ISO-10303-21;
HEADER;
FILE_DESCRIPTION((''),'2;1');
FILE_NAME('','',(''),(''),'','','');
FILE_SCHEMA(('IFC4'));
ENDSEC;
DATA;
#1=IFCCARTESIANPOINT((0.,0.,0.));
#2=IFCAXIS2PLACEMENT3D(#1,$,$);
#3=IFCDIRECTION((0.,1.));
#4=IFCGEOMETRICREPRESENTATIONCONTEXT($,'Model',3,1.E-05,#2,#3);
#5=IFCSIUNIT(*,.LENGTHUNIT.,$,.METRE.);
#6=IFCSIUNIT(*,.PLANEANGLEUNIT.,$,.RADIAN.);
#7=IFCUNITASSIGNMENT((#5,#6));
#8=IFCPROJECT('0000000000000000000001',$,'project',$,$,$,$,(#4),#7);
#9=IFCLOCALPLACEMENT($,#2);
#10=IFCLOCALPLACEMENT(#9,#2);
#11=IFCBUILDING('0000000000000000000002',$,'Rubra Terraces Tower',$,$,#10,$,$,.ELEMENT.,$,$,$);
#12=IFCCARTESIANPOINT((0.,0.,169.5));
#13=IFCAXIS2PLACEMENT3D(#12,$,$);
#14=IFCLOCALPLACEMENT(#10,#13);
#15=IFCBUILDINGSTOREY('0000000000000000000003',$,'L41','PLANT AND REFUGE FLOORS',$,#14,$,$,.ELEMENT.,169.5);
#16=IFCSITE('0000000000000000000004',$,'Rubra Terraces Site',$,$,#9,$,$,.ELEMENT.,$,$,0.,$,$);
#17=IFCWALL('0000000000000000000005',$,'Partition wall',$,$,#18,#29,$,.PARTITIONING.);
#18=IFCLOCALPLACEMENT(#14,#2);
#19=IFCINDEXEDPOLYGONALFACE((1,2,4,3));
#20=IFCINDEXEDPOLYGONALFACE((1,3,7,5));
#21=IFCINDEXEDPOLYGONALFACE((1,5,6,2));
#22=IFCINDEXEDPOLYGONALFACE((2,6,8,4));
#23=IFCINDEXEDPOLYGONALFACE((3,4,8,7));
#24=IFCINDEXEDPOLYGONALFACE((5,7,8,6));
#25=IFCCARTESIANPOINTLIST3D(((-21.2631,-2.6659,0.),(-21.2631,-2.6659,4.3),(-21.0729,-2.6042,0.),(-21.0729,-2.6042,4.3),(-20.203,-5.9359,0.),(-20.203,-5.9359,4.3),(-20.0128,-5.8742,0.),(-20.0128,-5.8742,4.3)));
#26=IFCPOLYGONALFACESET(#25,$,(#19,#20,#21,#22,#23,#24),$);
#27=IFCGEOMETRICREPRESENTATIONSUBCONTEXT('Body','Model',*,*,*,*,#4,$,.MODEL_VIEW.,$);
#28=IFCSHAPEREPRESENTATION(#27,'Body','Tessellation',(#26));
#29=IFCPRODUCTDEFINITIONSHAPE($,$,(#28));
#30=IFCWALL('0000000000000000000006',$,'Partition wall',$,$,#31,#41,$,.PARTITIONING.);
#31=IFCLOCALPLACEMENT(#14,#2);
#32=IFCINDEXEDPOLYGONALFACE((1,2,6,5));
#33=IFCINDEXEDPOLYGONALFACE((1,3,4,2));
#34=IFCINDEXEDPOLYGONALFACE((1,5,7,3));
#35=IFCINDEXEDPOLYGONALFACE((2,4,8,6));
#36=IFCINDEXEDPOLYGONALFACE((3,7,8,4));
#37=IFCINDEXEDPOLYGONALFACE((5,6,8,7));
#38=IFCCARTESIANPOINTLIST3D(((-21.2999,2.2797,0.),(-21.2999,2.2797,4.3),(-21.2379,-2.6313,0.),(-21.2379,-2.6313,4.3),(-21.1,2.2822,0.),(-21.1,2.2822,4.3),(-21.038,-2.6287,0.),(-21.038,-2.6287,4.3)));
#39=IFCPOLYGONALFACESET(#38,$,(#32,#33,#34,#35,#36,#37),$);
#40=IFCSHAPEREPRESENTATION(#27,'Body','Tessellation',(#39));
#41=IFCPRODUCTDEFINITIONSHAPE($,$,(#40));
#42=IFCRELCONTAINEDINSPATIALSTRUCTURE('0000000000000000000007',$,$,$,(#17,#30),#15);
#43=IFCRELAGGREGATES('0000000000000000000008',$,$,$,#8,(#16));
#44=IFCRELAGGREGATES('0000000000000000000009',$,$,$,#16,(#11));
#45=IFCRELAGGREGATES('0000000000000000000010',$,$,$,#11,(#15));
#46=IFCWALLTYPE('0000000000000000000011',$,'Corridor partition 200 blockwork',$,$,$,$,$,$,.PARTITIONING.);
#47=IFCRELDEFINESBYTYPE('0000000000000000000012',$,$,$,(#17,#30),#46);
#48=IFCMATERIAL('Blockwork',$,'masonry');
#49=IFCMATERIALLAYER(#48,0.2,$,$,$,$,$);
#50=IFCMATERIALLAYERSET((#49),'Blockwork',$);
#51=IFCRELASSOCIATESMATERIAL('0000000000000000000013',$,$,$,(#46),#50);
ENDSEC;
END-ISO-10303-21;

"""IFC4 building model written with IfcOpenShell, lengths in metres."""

from ifc_helpers import new_model, si_unit, direction, frame, frame_2d, origin, place, context, subcontext, project, spatial, rectangle, extrude, material, layer, layer_set, type_object, element, save


model = new_model("IFC4")

# Units and contexts
model_context = context("Model", 3, precision=1e-05, world=origin(), true_north=direction((0.0, 1.0)))
body_context = subcontext(model_context, "Body", "Model", "MODEL_VIEW")
ifc_project = project(units=[si_unit("LENGTHUNIT", "METRE"), si_unit("PLANEANGLEUNIT", "RADIAN")], contexts=[model_context])

# Site, building, storey
site_placement = place(None, origin())
site = spatial("IfcSite", under=ifc_project, at=site_placement, Name="Rubra Terraces Site", CompositionType="ELEMENT", RefElevation=0.0)
building_placement = place(site_placement, origin())
building = spatial("IfcBuilding", under=site, at=building_placement, Name="Rubra Terraces Tower", CompositionType="ELEMENT")
storey_placement = place(building_placement, frame((0.0, 0.0, 169.5)))
storey = spatial("IfcBuildingStorey", under=building, at=storey_placement, Name="L41", Description="PLANT AND REFUGE FLOORS", CompositionType="ELEMENT", Elevation=169.5)

# Shared definitions
ifc_material_1 = material(Name="Blockwork", Category="masonry")
ifc_layer_1 = layer(ifc_material_1, 0.2)
ifc_layer_set_1 = layer_set([ifc_layer_1], Name="Blockwork")
wall_type_1 = type_object("IfcWallType", Name="Corridor partition 200 blockwork", PredefinedType="PARTITIONING", material=ifc_layer_set_1)

# Walls
wall_1_placement = place(storey_placement, frame((-20.1079, -5.905, 0.0), z_axis=(0.0, 0.0, 1.0), x_axis=(-0.308376, 0.951264, 0.0)))
element("IfcWall", 1, at=wall_1_placement, inside=storey, type_object=wall_type_1, Name="Partition wall", PredefinedType="PARTITIONING", context=body_context, shape_type="SweptSolid", body=[
    extrude(rectangle(XDim=3.4375, YDim=0.2, at=frame_2d((1.7188, 0.0))), origin(), (0.0, 0.0, 1.0), 4.3),
])
wall_2_placement = place(storey_placement, frame((-21.1379, -2.6299, 0.0), z_axis=(0.0, 0.0, 1.0), x_axis=(-0.012626, 0.99992, 0.0)))
element("IfcWall", 2, at=wall_2_placement, inside=storey, type_object=wall_type_1, Name="Partition wall", PredefinedType="PARTITIONING", context=body_context, shape_type="SweptSolid", body=[
    extrude(rectangle(XDim=4.9114, YDim=0.2, at=frame_2d((2.4556, 0.0))), origin(), (0.0, 0.0, 1.0), 4.3),
])

save(model, "model.ifc")
